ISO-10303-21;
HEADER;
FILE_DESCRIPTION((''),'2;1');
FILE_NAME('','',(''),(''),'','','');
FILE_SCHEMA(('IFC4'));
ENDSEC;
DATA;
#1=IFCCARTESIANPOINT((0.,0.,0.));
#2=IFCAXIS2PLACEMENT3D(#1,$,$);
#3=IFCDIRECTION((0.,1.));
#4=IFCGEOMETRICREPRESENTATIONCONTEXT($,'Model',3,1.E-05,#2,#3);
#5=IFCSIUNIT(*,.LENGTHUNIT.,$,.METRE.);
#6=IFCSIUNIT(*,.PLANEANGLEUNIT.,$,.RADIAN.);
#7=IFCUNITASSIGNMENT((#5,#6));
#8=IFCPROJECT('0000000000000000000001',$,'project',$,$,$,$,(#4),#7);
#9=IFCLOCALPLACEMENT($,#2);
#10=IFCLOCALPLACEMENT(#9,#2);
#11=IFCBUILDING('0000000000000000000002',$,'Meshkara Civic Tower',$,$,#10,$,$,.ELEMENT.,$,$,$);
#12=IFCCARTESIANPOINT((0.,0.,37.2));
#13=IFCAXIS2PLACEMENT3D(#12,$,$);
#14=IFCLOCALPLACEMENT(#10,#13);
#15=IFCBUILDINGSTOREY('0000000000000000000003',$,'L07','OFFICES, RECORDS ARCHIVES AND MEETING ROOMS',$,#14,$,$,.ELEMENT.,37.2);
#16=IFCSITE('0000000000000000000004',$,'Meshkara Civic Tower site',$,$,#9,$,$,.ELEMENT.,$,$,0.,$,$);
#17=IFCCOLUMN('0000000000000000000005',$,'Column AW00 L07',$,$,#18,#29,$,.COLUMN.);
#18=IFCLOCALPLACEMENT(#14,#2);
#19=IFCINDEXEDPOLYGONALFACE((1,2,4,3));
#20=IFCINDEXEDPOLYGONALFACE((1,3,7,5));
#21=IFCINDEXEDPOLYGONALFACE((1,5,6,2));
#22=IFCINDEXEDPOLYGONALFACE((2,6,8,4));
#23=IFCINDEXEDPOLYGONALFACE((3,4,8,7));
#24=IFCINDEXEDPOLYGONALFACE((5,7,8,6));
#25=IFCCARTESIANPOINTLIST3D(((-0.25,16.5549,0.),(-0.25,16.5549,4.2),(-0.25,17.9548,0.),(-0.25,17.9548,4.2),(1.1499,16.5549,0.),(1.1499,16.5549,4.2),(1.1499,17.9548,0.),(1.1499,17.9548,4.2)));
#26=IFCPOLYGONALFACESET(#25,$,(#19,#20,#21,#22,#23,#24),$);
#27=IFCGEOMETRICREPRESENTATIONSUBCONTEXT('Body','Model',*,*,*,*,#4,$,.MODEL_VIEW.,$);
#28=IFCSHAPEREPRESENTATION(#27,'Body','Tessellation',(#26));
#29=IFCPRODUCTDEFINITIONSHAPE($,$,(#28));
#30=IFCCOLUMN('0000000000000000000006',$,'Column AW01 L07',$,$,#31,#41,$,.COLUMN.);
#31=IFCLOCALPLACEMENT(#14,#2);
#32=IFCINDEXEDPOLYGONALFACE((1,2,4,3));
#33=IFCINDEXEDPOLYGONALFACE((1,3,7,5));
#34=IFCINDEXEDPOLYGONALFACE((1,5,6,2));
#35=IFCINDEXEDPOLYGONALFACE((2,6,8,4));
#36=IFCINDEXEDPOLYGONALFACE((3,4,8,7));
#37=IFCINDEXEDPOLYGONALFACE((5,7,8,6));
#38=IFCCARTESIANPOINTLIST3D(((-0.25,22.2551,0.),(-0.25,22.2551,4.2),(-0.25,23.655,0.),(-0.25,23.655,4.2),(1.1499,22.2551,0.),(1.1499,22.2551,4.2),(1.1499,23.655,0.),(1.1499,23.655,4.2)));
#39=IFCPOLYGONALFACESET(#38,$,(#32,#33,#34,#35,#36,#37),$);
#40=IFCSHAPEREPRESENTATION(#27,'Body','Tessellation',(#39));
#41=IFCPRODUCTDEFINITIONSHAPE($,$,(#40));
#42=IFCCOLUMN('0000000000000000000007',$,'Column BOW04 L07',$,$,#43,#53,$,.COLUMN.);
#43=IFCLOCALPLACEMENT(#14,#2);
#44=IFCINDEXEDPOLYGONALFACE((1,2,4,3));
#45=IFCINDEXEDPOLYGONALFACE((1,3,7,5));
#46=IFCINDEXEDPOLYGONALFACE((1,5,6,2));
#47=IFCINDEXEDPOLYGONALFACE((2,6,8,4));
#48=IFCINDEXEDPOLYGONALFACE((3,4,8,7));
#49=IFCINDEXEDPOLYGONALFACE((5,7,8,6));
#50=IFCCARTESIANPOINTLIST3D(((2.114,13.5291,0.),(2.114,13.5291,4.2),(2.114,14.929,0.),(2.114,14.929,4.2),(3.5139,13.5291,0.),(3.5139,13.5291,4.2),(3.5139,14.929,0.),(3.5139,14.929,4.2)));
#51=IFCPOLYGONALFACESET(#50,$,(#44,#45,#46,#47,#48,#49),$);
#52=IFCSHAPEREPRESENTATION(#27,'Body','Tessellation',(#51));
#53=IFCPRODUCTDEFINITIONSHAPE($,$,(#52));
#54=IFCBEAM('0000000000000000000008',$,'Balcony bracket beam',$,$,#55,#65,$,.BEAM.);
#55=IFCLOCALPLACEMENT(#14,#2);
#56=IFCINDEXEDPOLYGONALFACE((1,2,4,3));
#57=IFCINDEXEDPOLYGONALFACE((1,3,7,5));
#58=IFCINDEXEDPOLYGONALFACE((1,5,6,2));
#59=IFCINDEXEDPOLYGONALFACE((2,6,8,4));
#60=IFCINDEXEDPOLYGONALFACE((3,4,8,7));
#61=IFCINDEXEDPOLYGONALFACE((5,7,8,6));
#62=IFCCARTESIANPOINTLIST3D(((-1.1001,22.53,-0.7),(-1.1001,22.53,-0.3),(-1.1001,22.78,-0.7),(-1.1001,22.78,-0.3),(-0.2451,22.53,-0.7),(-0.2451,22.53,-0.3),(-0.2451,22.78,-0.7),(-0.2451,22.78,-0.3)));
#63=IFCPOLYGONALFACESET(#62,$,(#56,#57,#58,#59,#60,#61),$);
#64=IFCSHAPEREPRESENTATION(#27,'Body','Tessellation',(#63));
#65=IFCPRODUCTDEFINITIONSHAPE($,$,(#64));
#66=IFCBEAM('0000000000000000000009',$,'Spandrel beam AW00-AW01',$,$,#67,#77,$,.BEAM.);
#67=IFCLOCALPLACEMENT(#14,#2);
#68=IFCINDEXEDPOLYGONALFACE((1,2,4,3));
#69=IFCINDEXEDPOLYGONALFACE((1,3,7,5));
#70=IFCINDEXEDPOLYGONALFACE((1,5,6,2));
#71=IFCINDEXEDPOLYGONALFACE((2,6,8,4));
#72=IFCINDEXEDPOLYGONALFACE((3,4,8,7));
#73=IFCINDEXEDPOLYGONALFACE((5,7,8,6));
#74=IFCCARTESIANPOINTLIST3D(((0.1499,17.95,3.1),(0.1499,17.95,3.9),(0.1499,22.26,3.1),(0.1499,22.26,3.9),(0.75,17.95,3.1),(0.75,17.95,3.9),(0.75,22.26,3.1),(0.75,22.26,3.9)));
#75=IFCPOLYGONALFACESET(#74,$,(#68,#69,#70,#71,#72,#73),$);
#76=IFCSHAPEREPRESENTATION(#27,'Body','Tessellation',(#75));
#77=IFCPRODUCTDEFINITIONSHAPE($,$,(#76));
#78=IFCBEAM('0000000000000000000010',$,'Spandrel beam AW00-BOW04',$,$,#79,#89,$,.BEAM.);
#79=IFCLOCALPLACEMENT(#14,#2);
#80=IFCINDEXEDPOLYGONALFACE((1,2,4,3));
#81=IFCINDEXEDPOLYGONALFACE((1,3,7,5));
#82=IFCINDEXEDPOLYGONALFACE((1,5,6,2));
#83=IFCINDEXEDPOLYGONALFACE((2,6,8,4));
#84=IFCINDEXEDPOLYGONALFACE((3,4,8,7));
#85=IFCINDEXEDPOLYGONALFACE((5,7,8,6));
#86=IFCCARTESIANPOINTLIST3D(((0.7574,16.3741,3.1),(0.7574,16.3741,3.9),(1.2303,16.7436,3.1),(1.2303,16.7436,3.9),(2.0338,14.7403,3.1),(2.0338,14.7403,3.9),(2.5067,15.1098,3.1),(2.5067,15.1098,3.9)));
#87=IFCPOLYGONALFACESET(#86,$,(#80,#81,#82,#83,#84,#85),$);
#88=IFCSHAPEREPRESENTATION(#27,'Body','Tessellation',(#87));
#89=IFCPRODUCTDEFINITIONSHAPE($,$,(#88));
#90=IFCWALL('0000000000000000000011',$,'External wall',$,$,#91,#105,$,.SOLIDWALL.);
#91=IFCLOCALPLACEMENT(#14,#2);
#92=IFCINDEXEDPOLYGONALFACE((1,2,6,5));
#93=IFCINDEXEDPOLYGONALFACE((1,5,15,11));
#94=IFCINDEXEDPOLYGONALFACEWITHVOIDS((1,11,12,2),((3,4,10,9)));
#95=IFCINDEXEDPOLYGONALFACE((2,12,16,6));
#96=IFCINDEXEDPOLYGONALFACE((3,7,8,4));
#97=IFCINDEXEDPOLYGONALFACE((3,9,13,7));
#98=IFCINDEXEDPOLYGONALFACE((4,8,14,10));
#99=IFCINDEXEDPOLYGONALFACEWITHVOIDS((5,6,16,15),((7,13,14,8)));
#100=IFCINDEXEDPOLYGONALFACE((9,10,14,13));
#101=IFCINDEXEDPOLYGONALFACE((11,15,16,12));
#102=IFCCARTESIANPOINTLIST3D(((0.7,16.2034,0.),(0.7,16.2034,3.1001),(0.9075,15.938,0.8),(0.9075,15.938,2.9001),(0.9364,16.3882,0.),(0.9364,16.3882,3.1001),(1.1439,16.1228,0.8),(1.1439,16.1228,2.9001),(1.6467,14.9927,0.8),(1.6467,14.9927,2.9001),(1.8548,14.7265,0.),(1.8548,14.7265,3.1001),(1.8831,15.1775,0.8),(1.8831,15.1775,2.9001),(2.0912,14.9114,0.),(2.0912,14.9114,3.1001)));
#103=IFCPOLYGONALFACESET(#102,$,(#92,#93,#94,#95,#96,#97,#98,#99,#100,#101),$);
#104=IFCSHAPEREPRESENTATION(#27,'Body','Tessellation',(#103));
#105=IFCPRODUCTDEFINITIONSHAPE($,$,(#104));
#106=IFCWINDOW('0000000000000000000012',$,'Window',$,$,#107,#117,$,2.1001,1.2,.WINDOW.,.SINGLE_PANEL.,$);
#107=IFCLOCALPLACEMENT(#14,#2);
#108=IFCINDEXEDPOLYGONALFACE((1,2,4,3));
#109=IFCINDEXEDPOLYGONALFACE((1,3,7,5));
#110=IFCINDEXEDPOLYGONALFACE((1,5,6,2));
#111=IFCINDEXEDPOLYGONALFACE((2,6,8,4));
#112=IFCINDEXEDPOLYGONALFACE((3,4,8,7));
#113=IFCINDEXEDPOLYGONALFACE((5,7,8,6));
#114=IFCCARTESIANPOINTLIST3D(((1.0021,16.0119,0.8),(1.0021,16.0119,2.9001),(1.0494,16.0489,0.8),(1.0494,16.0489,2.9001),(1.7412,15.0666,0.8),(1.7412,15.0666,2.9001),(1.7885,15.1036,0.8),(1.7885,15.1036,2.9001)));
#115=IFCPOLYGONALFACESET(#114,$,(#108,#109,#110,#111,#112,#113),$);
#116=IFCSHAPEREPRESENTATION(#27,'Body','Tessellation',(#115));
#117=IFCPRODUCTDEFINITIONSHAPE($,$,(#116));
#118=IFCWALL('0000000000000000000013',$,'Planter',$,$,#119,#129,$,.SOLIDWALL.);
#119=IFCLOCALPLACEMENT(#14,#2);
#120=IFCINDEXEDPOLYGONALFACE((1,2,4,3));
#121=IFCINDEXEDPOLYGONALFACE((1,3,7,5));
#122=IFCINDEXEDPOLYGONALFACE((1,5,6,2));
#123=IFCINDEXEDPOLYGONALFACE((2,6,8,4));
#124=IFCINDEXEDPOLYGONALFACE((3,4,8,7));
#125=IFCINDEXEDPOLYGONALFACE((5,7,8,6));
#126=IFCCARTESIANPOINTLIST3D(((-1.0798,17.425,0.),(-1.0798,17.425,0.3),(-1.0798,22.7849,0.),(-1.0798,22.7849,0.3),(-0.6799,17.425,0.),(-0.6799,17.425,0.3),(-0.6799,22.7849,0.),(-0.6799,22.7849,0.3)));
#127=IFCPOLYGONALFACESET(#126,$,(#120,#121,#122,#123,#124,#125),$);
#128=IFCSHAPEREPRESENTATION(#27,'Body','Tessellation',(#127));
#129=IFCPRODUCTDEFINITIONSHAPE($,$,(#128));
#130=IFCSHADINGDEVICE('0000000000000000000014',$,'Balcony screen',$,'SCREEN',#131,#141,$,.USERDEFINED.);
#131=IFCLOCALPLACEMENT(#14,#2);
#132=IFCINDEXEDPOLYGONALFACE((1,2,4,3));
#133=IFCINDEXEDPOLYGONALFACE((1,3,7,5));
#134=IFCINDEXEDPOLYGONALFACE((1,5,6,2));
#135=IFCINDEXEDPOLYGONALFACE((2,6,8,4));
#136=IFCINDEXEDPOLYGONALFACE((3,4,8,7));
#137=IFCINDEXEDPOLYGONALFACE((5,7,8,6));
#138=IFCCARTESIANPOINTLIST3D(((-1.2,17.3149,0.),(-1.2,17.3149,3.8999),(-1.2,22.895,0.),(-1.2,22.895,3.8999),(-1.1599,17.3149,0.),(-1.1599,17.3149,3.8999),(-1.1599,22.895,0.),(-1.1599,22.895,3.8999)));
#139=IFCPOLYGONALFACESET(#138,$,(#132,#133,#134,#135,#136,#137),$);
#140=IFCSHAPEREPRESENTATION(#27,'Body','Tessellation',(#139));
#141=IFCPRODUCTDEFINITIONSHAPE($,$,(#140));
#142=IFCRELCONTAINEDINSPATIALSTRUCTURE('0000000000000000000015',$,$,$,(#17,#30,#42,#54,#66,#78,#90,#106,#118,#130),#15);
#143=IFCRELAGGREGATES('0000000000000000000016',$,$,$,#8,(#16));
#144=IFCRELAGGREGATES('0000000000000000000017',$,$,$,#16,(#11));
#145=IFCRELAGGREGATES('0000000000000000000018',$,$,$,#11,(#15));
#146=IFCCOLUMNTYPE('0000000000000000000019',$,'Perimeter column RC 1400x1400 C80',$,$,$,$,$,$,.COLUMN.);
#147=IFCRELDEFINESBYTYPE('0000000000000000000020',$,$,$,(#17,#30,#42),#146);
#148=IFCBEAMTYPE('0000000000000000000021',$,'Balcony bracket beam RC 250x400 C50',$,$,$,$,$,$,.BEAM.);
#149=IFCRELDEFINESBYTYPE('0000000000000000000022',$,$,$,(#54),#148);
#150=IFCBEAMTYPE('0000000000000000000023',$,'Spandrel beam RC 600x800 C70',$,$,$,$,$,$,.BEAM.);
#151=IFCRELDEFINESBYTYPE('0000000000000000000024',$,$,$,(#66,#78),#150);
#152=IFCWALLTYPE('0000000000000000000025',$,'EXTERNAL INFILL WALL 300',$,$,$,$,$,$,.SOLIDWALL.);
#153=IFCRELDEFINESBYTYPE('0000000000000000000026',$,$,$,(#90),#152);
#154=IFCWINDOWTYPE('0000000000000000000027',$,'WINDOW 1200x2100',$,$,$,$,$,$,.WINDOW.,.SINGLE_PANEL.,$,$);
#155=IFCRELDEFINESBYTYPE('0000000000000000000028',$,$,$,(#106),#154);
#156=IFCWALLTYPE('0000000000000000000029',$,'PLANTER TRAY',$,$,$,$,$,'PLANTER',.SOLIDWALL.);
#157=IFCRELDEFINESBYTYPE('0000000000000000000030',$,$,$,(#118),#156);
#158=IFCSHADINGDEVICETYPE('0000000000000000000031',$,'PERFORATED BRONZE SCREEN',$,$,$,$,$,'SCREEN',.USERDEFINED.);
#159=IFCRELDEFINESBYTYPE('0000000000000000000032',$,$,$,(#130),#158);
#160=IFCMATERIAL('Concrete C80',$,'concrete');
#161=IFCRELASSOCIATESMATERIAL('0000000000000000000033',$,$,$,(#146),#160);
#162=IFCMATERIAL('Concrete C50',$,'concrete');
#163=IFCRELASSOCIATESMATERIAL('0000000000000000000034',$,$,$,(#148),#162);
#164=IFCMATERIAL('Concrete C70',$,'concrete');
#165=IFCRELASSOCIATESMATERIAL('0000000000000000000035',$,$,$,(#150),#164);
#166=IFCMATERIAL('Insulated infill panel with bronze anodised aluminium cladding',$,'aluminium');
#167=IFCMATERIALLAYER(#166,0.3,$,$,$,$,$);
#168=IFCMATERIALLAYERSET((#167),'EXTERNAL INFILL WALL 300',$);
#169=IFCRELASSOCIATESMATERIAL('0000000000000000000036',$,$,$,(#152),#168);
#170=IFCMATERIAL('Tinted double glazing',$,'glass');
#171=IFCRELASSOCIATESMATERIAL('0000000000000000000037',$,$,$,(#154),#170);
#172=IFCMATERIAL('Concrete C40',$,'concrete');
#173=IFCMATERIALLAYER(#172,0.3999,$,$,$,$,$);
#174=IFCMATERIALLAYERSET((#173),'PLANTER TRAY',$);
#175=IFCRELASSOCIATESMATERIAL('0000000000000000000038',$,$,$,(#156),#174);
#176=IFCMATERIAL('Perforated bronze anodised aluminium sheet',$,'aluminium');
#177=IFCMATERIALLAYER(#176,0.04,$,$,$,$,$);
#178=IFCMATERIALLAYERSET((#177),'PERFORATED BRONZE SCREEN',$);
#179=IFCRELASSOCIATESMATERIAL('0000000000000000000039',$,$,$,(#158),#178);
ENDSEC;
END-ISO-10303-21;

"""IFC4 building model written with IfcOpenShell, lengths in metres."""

from ifc_helpers import new_model, si_unit, direction, frame, frame_2d, origin, origin_2d, place, context, subcontext, project, spatial, rectangle, extrude, material, layer, layer_set, material_profile, profile_set, type_object, element, fill, save


model = new_model("IFC4")

# Units and contexts
model_context = context("Model", 3, precision=1e-05, world=origin(), true_north=direction((0.0, 1.0)))
body_context = subcontext(model_context, "Body", "Model", "MODEL_VIEW")
ifc_project = project(units=[si_unit("LENGTHUNIT", "METRE"), si_unit("PLANEANGLEUNIT", "RADIAN")], contexts=[model_context])

# Site, building, storey
site_placement = place(None, origin())
site = spatial("IfcSite", under=ifc_project, at=site_placement, Name="Meshkara Civic Tower site", CompositionType="ELEMENT", RefElevation=0.0)
building_placement = place(site_placement, origin())
building = spatial("IfcBuilding", under=site, at=building_placement, Name="Meshkara Civic Tower", CompositionType="ELEMENT")
storey_placement = place(building_placement, frame((0.0, 0.0, 37.2)))
storey = spatial("IfcBuildingStorey", under=building, at=storey_placement, Name="L07", Description="OFFICES, RECORDS ARCHIVES AND MEETING ROOMS", CompositionType="ELEMENT", Elevation=37.2)

# Columns
ifc_material_1 = material(Name="Concrete C80", Category="concrete")
ifc_material_profile_1 = material_profile(ifc_material_1, rectangle(XDim=1.3999, YDim=1.3999, at=origin_2d()))
ifc_profile_set_1 = profile_set([ifc_material_profile_1], Name="Concrete C80")
column_type = type_object("IfcColumnType", Name="Perimeter column RC 1400x1400 C80", PredefinedType="COLUMN", material=ifc_profile_set_1)
for number, where, z_axis, x_axis, name in (
    (1, (0.45, 17.2549, 0.0), (0.0, 0.0, 1.0), (1.0, 0.0, 0.0), "Column AW00 L07"),
    (2, (0.45, 22.9551, 0.0), (0.0, 0.0, 1.0), (1.0, 0.0, 0.0), "Column AW01 L07"),
    (3, (2.814, 14.229, 0.0), (0.0, 0.0, 1.0), (1.0, 0.0, 0.0), "Column BOW04 L07"),
):
    element("IfcColumn", number, at=place(storey_placement, frame(where, z_axis=z_axis, x_axis=x_axis)), inside=storey, type_object=column_type, Name=name, PredefinedType="COLUMN", context=body_context, shape_type="SweptSolid", body=[
        extrude(rectangle(XDim=1.3999, YDim=1.3999, at=origin_2d()), origin(), (0.0, 0.0, 1.0), 4.2),
    ])

# Beams
ifc_material_2 = material(Name="Concrete C50", Category="concrete")
ifc_material_profile_2 = material_profile(ifc_material_2, rectangle(XDim=0.25, YDim=0.3999, at=origin_2d()))
ifc_profile_set_2 = profile_set([ifc_material_profile_2], Name="Concrete C50")
beam_type_1 = type_object("IfcBeamType", Name="Balcony bracket beam RC 250x400 C50", PredefinedType="BEAM", material=ifc_profile_set_2)
beam_1_placement = place(storey_placement, frame((-0.2451, 22.655, -0.5), z_axis=(-1.0, 0.0, 0.0), x_axis=(0.0, -1.0, 0.0)))
element("IfcBeam", 4, at=beam_1_placement, inside=storey, type_object=beam_type_1, Name="Balcony bracket beam", PredefinedType="BEAM", context=body_context, shape_type="SweptSolid", body=[
    extrude(rectangle(XDim=0.25, YDim=0.3999, at=origin_2d()), origin(), (0.0, 0.0, 1.0), 0.855),
])
ifc_material_3 = material(Name="Concrete C70", Category="concrete")
ifc_material_profile_3 = material_profile(ifc_material_3, rectangle(XDim=0.6001, YDim=0.8, at=origin_2d()))
ifc_profile_set_3 = profile_set([ifc_material_profile_3], Name="Concrete C70")
beam_type_2 = type_object("IfcBeamType", Name="Spandrel beam RC 600x800 C70", PredefinedType="BEAM", material=ifc_profile_set_3)
beam_2_placement = place(storey_placement, frame((0.45, 22.26, 3.5), z_axis=(0.0, -1.0, 0.0), x_axis=(1.0, 0.0, 0.0)))
element("IfcBeam", 5, at=beam_2_placement, inside=storey, type_object=beam_type_2, Name="Spandrel beam AW00-AW01", PredefinedType="BEAM", context=body_context, shape_type="SweptSolid", body=[
    extrude(rectangle(XDim=0.6001, YDim=0.8, at=origin_2d()), origin(), (0.0, 0.0, 1.0), 4.3101),
])
beam_3_placement = place(storey_placement, frame((0.9939, 16.5588, 3.5), z_axis=(0.615635, -0.788032, 0.0), x_axis=(0.788032, 0.615635, 0.0)))
element("IfcBeam", 6, at=beam_3_placement, inside=storey, type_object=beam_type_2, Name="Spandrel beam AW00-BOW04", PredefinedType="BEAM", context=body_context, shape_type="SweptSolid", body=[
    extrude(rectangle(XDim=0.6001, YDim=0.8, at=origin_2d()), origin(), (0.0, 0.0, 1.0), 2.0732),
])

# Wall, opening, window
ifc_material_4 = material(Name="Insulated infill panel with bronze anodised aluminium cladding", Category="aluminium")
ifc_layer_1 = layer(ifc_material_4, 0.3)
ifc_layer_set_1 = layer_set([ifc_layer_1], Name="EXTERNAL INFILL WALL 300")
wall_type_1 = type_object("IfcWallType", Name="EXTERNAL INFILL WALL 300", PredefinedType="SOLIDWALL", material=ifc_layer_set_1)
wall_1_placement = place(storey_placement, frame((0.8181, 16.2959, 0.0), z_axis=(0.0, 0.0, 1.0), x_axis=(0.615985, -0.787758, 0.0)))
wall_1 = element("IfcWall", 7, at=wall_1_placement, inside=storey, type_object=wall_type_1, Name="External wall", PredefinedType="SOLIDWALL", context=body_context, shape_type="SweptSolid", body=[
    extrude(rectangle(XDim=1.8748, YDim=0.3, at=frame_2d((0.9375, 0.0))), origin(), (0.0, 0.0, 1.0), 3.1001),
])
opening_1_placement = place(wall_1_placement, frame((0.3369, 0.0, 0.8)))
opening_1 = element("IfcOpeningElement", 8, at=opening_1_placement, cuts=wall_1, PredefinedType="OPENING", context=body_context, shape_type="SweptSolid", body=[
    extrude(rectangle(XDim=1.2, YDim=2.1001, at=frame_2d((0.6001, 1.05))), frame((0.0, 0.1599, 0.0), z_axis=(0.0, -1.0, 0.0), x_axis=(1.0, 0.0, 0.0)), (0.0, 0.0, 1.0), 0.3201),
])
ifc_material_5 = material(Name="Tinted double glazing", Category="glass")
window_type = type_object("IfcWindowType", Name="WINDOW 1200x2100", PartitioningType="SINGLE_PANEL", PredefinedType="WINDOW", material=ifc_material_5)
window_placement = place(opening_1_placement, origin())
window = element("IfcWindow", 9, at=window_placement, inside=storey, type_object=window_type, Name="Window", OverallHeight=2.1001, OverallWidth=1.2, PartitioningType="SINGLE_PANEL", PredefinedType="WINDOW", context=body_context, shape_type="SweptSolid", body=[
    extrude(rectangle(XDim=1.2, YDim=2.1001, at=frame_2d((0.6001, 1.05))), frame((0.0, 0.03, 0.0), z_axis=(0.0, -1.0, 0.0), x_axis=(1.0, 0.0, 0.0)), (0.0, 0.0, 1.0), 0.0601),
])
fill(opening_1, window)

# Wall
ifc_material_6 = material(Name="Concrete C40", Category="concrete")
ifc_layer_2 = layer(ifc_material_6, 0.3999)
ifc_layer_set_2 = layer_set([ifc_layer_2], Name="PLANTER TRAY")
wall_type_2 = type_object("IfcWallType", Name="PLANTER TRAY", ElementType="PLANTER", PredefinedType="SOLIDWALL", material=ifc_layer_set_2)
wall_2_placement = place(storey_placement, frame((-0.8799, 22.7849, 0.0), z_axis=(0.0, 0.0, 1.0), x_axis=(0.0, -1.0, 0.0)))
element("IfcWall", 10, at=wall_2_placement, inside=storey, type_object=wall_type_2, Name="Planter", PredefinedType="SOLIDWALL", context=body_context, shape_type="SweptSolid", body=[
    extrude(rectangle(XDim=5.3599, YDim=0.3999, at=frame_2d((2.6799, 0.0))), origin(), (0.0, 0.0, 1.0), 0.3),
])

# Shading device
ifc_material_7 = material(Name="Perforated bronze anodised aluminium sheet", Category="aluminium")
ifc_layer_3 = layer(ifc_material_7, 0.04)
ifc_layer_set_3 = layer_set([ifc_layer_3], Name="PERFORATED BRONZE SCREEN")
shading_device_type = type_object("IfcShadingDeviceType", Name="PERFORATED BRONZE SCREEN", ElementType="SCREEN", PredefinedType="USERDEFINED", material=ifc_layer_set_3)
shading_device_placement = place(storey_placement, frame((-1.1799, 20.105, 0.0), z_axis=(0.0, 0.0, 1.0), x_axis=(0.0, -1.0, 0.0)))
element("IfcShadingDevice", 11, at=shading_device_placement, inside=storey, type_object=shading_device_type, Name="Balcony screen", ObjectType="SCREEN", PredefinedType="USERDEFINED", context=body_context, shape_type="SweptSolid", body=[
    extrude(rectangle(XDim=5.5801, YDim=0.04, at=origin_2d()), origin(), (0.0, 0.0, 1.0), 3.8999),
])

save(model, "model.ifc")
